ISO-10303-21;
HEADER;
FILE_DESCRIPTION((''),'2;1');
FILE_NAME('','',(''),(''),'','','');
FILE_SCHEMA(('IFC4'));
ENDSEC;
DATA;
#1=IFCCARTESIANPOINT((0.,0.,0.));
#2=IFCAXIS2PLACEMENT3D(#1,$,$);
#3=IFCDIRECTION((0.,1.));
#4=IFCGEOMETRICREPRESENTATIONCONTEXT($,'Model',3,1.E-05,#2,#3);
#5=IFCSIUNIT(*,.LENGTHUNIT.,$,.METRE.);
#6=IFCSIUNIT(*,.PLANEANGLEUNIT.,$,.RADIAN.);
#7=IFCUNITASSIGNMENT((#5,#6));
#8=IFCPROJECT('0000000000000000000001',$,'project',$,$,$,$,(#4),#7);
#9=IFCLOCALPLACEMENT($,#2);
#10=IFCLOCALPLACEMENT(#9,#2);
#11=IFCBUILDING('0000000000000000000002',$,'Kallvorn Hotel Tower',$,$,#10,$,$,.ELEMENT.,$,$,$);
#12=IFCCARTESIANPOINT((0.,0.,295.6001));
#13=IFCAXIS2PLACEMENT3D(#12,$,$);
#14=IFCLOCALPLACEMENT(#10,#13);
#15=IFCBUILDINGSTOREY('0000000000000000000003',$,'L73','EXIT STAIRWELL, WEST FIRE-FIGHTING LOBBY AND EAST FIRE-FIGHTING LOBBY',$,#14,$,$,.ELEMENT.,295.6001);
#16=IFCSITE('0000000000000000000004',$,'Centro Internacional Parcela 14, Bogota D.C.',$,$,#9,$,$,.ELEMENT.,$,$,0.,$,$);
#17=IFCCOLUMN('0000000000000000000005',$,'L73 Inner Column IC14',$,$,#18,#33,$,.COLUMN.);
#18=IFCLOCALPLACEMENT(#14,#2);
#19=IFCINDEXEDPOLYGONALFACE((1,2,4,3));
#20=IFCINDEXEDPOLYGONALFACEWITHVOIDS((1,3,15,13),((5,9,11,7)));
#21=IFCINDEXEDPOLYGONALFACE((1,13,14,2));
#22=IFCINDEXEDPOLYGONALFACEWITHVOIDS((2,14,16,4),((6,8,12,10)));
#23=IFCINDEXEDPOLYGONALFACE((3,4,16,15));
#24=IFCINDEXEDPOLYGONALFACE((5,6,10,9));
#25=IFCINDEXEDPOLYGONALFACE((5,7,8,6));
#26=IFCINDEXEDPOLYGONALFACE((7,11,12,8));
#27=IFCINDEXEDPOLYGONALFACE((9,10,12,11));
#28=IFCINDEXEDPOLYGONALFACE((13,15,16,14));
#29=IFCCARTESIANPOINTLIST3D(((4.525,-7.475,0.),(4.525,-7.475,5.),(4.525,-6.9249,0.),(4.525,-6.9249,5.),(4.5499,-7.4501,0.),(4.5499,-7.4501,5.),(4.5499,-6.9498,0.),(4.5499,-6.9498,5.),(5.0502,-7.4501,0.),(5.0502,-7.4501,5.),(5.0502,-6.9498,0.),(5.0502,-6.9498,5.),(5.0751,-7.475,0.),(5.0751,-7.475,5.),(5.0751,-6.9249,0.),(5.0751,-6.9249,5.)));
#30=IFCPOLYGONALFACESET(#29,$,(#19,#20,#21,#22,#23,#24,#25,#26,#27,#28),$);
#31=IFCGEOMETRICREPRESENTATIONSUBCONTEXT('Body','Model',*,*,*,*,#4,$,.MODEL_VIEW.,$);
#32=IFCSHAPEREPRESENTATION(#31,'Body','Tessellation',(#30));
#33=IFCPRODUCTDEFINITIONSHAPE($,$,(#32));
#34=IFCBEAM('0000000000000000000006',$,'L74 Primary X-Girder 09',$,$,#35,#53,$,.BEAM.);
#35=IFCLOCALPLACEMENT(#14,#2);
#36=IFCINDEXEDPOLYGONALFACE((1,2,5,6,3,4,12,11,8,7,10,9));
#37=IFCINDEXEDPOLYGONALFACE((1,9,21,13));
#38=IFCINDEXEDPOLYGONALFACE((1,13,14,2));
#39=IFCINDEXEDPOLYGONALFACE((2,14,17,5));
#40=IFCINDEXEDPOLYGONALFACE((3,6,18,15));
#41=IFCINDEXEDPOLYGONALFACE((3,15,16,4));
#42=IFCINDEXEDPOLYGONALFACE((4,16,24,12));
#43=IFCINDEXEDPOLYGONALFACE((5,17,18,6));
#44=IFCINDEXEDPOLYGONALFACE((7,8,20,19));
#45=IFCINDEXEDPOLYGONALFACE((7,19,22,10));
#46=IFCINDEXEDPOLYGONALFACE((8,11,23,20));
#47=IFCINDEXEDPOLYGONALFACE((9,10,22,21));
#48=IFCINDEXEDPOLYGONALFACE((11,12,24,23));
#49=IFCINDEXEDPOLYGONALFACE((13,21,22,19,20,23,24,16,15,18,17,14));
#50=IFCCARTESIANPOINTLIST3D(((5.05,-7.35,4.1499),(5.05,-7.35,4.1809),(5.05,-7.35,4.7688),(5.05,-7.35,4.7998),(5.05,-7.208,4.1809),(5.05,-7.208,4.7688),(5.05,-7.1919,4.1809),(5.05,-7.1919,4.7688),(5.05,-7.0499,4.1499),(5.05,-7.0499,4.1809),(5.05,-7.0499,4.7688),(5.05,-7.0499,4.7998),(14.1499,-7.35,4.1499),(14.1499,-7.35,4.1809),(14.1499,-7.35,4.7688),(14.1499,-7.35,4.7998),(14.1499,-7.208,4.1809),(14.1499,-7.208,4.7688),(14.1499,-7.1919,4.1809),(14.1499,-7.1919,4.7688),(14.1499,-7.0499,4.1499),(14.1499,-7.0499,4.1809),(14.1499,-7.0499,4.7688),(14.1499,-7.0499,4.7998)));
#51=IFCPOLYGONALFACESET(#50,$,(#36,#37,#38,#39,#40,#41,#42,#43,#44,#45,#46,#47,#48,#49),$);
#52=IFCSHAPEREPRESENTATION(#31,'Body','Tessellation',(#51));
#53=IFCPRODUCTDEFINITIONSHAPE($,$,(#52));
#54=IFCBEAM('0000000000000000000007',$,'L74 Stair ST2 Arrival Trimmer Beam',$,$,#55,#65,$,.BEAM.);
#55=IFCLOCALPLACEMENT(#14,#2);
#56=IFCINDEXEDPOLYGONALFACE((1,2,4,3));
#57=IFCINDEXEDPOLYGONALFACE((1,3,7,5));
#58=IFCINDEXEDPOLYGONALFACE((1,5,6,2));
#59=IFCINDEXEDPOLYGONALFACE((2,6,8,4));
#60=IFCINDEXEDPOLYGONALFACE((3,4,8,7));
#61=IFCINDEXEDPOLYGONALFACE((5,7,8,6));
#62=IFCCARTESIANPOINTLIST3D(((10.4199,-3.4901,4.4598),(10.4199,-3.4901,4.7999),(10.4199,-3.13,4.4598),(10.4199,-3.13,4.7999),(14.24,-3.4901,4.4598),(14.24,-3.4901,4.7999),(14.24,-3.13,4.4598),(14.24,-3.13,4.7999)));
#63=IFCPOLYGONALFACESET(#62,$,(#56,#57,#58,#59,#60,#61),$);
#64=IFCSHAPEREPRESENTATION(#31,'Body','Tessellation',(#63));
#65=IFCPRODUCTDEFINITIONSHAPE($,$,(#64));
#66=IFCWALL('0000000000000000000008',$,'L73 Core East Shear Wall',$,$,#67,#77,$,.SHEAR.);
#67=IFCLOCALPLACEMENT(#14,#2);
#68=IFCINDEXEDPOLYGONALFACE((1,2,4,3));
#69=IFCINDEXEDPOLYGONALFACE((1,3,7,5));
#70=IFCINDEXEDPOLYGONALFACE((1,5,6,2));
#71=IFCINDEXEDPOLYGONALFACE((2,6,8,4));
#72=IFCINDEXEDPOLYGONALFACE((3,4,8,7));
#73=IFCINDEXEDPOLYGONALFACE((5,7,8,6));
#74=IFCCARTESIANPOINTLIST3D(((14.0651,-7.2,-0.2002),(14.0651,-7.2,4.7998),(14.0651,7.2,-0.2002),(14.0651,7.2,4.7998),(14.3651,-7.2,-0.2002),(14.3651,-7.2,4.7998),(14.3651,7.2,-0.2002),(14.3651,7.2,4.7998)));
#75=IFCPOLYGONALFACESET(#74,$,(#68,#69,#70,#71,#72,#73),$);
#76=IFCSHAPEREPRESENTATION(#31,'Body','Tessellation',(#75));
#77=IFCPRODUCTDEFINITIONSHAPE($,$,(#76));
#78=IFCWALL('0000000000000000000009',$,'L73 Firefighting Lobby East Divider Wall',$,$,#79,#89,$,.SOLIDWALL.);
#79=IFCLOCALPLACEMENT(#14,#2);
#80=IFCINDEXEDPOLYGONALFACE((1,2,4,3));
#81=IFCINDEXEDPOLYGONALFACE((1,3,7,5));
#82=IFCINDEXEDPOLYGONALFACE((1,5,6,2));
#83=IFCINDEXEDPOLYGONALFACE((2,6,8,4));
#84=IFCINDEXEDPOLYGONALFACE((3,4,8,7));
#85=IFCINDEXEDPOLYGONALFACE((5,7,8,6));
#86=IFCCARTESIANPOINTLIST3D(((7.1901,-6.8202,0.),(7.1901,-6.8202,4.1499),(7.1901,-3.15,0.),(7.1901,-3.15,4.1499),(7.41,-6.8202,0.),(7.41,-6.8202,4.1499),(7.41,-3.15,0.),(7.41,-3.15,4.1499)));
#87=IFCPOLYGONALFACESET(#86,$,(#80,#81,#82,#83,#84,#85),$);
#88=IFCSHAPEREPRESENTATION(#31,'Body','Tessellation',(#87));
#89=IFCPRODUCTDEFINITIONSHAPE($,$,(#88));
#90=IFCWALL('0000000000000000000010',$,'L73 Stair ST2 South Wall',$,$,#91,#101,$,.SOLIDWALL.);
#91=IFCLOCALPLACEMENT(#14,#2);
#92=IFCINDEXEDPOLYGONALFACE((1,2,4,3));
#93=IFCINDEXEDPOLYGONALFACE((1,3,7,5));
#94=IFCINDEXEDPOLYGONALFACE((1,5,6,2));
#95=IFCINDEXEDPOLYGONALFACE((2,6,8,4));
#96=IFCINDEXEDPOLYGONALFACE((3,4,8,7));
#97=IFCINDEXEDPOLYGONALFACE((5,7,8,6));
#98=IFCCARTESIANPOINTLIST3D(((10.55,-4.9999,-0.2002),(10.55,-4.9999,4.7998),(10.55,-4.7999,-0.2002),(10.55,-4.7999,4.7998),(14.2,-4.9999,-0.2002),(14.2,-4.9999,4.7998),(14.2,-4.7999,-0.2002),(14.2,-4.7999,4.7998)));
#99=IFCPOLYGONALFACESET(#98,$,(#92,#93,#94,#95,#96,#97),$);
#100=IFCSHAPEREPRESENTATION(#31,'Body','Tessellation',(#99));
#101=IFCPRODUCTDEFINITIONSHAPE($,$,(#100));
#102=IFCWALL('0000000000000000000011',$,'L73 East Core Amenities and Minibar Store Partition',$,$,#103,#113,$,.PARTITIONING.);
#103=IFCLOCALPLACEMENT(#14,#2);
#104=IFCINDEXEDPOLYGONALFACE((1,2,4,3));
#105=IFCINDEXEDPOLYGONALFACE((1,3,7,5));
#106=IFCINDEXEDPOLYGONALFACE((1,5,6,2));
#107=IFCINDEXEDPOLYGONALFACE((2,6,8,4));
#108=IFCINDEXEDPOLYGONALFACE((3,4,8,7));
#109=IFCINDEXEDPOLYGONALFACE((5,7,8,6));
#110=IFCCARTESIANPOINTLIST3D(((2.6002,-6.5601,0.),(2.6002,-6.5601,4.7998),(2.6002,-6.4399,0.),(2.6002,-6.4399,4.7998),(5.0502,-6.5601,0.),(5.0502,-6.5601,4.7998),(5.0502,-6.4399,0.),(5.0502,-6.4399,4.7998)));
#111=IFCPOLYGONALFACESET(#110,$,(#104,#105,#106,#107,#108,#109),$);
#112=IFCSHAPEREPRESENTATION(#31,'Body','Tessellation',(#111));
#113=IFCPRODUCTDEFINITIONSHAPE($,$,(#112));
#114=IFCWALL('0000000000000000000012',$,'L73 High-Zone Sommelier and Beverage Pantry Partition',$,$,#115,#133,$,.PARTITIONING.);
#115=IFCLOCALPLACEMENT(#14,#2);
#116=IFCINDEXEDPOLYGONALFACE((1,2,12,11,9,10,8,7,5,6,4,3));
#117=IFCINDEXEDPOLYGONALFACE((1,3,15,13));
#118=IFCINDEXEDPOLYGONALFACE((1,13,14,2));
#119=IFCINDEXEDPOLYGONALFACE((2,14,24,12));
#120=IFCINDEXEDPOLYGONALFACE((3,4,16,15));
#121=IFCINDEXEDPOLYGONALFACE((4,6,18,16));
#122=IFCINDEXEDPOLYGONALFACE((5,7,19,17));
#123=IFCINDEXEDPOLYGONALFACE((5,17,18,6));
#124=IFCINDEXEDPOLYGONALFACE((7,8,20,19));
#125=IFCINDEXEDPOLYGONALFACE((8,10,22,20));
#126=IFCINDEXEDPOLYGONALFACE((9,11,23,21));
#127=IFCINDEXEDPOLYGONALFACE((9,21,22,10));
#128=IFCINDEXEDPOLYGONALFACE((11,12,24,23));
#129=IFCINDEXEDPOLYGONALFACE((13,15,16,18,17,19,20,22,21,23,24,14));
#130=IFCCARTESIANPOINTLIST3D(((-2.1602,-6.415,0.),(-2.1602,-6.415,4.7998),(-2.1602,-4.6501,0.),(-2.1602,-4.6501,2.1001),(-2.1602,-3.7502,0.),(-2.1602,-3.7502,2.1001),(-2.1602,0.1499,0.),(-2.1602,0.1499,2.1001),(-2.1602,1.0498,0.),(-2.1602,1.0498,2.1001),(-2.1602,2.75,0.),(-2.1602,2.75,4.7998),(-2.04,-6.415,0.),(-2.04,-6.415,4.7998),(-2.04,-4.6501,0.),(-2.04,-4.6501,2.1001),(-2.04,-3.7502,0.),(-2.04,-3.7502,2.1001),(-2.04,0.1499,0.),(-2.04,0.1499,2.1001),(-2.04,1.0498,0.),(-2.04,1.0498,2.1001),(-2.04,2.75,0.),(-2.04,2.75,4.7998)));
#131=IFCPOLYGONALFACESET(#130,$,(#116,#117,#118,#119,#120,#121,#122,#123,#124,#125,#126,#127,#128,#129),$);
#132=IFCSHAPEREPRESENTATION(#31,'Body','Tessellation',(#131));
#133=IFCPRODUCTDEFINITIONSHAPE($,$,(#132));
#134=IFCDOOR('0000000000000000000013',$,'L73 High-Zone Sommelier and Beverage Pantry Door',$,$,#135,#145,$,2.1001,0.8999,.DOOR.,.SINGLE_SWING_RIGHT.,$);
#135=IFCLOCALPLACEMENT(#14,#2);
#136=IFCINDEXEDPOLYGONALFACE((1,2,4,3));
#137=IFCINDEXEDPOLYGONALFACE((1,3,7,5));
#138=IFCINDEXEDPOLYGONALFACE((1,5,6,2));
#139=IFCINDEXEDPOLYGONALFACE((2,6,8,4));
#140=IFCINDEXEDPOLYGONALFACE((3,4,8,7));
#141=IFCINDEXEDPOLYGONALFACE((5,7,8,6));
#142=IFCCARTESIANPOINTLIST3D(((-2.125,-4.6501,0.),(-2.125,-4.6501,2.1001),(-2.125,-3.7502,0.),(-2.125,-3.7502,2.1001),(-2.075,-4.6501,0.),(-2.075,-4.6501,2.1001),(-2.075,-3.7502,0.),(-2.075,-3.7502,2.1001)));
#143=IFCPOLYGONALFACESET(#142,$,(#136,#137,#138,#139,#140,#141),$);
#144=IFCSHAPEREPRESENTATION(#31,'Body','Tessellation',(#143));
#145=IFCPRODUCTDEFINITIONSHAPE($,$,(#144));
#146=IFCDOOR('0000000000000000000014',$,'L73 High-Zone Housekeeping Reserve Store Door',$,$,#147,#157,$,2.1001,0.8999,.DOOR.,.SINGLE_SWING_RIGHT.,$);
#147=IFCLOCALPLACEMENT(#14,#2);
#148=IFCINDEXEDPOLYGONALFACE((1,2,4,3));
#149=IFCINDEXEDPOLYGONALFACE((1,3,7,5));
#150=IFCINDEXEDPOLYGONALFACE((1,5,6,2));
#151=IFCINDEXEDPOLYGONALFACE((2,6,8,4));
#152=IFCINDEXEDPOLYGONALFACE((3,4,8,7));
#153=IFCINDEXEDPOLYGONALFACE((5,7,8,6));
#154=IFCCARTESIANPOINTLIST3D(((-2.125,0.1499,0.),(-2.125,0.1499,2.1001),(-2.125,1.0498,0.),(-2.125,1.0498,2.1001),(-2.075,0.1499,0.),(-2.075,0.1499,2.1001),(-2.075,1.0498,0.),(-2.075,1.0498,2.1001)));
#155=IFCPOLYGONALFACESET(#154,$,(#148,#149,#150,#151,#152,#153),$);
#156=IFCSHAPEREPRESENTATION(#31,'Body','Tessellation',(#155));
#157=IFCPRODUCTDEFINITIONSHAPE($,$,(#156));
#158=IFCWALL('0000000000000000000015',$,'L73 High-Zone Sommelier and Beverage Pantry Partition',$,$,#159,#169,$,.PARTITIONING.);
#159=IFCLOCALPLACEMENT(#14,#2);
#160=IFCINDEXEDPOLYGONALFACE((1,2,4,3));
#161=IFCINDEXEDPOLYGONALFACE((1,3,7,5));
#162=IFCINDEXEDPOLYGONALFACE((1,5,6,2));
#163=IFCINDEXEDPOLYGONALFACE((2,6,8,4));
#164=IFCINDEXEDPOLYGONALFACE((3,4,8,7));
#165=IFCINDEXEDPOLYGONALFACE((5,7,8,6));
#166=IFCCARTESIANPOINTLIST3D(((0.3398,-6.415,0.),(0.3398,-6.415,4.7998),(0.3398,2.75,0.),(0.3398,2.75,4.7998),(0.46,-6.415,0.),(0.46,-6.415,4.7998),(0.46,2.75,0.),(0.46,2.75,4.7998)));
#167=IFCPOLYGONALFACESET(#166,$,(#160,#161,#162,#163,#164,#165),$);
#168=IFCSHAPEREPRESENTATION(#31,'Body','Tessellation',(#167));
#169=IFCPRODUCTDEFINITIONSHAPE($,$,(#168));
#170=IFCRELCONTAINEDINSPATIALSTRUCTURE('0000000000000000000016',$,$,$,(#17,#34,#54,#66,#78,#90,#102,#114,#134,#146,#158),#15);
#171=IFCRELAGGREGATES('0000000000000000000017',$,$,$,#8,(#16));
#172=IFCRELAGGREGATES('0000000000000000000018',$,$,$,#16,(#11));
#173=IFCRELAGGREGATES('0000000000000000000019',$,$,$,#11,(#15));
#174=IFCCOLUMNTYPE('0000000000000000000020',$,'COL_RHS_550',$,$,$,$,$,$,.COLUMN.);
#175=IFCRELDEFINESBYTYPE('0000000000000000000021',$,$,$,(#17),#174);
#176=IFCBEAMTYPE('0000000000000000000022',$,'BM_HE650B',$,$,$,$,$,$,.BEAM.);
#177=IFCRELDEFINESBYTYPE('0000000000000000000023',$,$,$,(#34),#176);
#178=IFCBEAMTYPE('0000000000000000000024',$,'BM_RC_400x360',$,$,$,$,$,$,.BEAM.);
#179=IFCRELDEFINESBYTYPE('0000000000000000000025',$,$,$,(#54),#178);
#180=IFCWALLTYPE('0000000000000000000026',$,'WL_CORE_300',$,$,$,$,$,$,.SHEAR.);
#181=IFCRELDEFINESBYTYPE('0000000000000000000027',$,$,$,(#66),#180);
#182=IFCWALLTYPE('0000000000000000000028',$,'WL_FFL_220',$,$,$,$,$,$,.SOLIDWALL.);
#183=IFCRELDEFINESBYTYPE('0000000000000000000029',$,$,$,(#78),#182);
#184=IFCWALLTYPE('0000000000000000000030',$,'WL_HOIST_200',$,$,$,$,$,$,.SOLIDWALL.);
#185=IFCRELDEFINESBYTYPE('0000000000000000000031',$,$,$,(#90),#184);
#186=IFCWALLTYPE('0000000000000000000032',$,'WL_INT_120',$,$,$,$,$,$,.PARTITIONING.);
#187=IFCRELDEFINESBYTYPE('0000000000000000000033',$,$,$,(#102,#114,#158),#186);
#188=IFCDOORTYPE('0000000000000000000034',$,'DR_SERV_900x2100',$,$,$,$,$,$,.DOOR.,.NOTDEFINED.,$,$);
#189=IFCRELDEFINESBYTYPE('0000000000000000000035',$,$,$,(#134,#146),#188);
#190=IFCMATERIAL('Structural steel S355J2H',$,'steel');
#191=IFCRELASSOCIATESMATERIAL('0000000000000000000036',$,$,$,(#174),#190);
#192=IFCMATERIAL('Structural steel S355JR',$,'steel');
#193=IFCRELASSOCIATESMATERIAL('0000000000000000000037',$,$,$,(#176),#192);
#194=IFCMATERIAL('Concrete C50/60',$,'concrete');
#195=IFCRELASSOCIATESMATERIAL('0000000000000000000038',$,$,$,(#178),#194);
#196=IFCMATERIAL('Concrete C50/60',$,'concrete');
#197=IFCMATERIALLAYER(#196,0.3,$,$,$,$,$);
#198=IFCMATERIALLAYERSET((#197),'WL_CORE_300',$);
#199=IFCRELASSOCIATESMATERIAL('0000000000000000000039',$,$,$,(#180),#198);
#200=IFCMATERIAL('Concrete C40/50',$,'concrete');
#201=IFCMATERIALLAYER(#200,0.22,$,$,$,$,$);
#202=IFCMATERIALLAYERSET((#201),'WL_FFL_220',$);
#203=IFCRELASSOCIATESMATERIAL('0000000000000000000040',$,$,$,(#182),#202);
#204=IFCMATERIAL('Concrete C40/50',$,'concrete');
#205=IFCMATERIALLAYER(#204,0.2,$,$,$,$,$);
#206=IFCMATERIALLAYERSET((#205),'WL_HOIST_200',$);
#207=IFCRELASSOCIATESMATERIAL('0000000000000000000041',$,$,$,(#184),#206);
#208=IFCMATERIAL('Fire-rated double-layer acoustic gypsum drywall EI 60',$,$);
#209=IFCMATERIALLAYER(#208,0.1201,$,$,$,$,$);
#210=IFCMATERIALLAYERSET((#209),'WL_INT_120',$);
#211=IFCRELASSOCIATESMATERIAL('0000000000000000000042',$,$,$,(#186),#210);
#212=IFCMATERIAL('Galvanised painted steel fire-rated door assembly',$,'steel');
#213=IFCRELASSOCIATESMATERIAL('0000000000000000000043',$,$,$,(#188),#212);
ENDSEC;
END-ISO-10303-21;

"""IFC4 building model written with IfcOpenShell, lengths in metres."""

from ifc_helpers import new_model, si_unit, direction, frame, frame_2d, origin, origin_2d, place, context, subcontext, project, spatial, rectangle, hollow_rectangle, i_section, extrude, material, layer, layer_set, material_profile, profile_set, type_object, element, fill, save


model = new_model("IFC4")

# Units and contexts
model_context = context("Model", 3, precision=1e-05, world=origin(), true_north=direction((0.0, 1.0)))
body_context = subcontext(model_context, "Body", "Model", "MODEL_VIEW")
ifc_project = project(units=[si_unit("LENGTHUNIT", "METRE"), si_unit("PLANEANGLEUNIT", "RADIAN")], contexts=[model_context])

# Site, building, storey
site_placement = place(None, origin())
site = spatial("IfcSite", under=ifc_project, at=site_placement, Name="Centro Internacional Parcela 14, Bogota D.C.", CompositionType="ELEMENT", RefElevation=0.0)
building_placement = place(site_placement, origin())
building = spatial("IfcBuilding", under=site, at=building_placement, Name="Kallvorn Hotel Tower", CompositionType="ELEMENT")
storey_placement = place(building_placement, frame((0.0, 0.0, 295.6001)))
storey = spatial("IfcBuildingStorey", under=building, at=storey_placement, Name="L73", Description="EXIT STAIRWELL, WEST FIRE-FIGHTING LOBBY AND EAST FIRE-FIGHTING LOBBY", CompositionType="ELEMENT", Elevation=295.6001)

# Column
ifc_material_1 = material(Name="Structural steel S355J2H", Category="steel")
ifc_material_profile_1 = material_profile(ifc_material_1, hollow_rectangle(XDim=0.55, YDim=0.55, WallThickness=0.0249, at=origin_2d()), Name="RHS 550x550x25")
ifc_profile_set_1 = profile_set([ifc_material_profile_1], Name="Structural steel S355J2H")
column_type = type_object("IfcColumnType", Name="COL_RHS_550", PredefinedType="COLUMN", material=ifc_profile_set_1)
column_placement = place(storey_placement, frame((4.8, -7.2, 0.0), z_axis=(0.0, 0.0, 1.0), x_axis=(1.0, 0.0, 0.0)))
element("IfcColumn", 1, at=column_placement, inside=storey, type_object=column_type, Name="L73 Inner Column IC14", PredefinedType="COLUMN", context=body_context, shape_type="SweptSolid", body=[
    extrude(hollow_rectangle(XDim=0.55, YDim=0.55, WallThickness=0.0249, at=origin_2d()), origin(), (0.0, 0.0, 1.0), 5.0),
])

# Beams
ifc_material_2 = material(Name="Structural steel S355JR", Category="steel")
ifc_material_profile_2 = material_profile(ifc_material_2, i_section(OverallWidth=0.3, OverallDepth=0.6499, WebThickness=0.0161, FlangeThickness=0.031, at=origin_2d()), Name="HE 650 B")
ifc_profile_set_2 = profile_set([ifc_material_profile_2], Name="Structural steel S355JR")
beam_type_1 = type_object("IfcBeamType", Name="BM_HE650B", PredefinedType="BEAM", material=ifc_profile_set_2)
beam_1_placement = place(storey_placement, frame((5.05, -7.2, 4.4749), z_axis=(1.0, 0.0, 0.0), x_axis=(0.0, 1.0, 0.0)))
element("IfcBeam", 2, at=beam_1_placement, inside=storey, type_object=beam_type_1, Name="L74 Primary X-Girder 09", PredefinedType="BEAM", context=body_context, shape_type="SweptSolid", body=[
    extrude(i_section(OverallWidth=0.3, OverallDepth=0.6499, WebThickness=0.0161, FlangeThickness=0.031, at=origin_2d()), origin(), (0.0, 0.0, 1.0), 9.0999),
])
ifc_material_3 = material(Name="Concrete C50/60", Category="concrete")
ifc_material_profile_3 = material_profile(ifc_material_3, rectangle(XDim=0.3601, YDim=0.3401, at=origin_2d()), Name="RC 360x340")
ifc_profile_set_3 = profile_set([ifc_material_profile_3], Name="Concrete C50/60")
beam_type_2 = type_object("IfcBeamType", Name="BM_RC_400x360", PredefinedType="BEAM", material=ifc_profile_set_3)
beam_2_placement = place(storey_placement, frame((14.24, -3.3101, 4.6299), z_axis=(-1.0, 0.0, 0.0), x_axis=(0.0, -1.0, 0.0)))
element("IfcBeam", 3, at=beam_2_placement, inside=storey, type_object=beam_type_2, Name="L74 Stair ST2 Arrival Trimmer Beam", PredefinedType="BEAM", context=body_context, shape_type="SweptSolid", body=[
    extrude(rectangle(XDim=0.3601, YDim=0.3401, at=origin_2d()), origin(), (0.0, 0.0, 1.0), 3.8201),
])

# Walls
ifc_material_4 = material(Name="Concrete C50/60", Category="concrete")
ifc_layer_1 = layer(ifc_material_4, 0.3)
ifc_layer_set_1 = layer_set([ifc_layer_1], Name="WL_CORE_300")
wall_type_1 = type_object("IfcWallType", Name="WL_CORE_300", PredefinedType="SHEAR", material=ifc_layer_set_1)
wall_1_placement = place(storey_placement, frame((14.2151, -7.2, -0.2002), z_axis=(0.0, 0.0, 1.0), x_axis=(0.0, 1.0, 0.0)))
element("IfcWall", 4, at=wall_1_placement, inside=storey, type_object=wall_type_1, Name="L73 Core East Shear Wall", PredefinedType="SHEAR", context=body_context, shape_type="SweptSolid", body=[
    extrude(rectangle(XDim=14.3999, YDim=0.3, at=frame_2d((7.2, 0.0))), origin(), (0.0, 0.0, 1.0), 5.0),
])
ifc_material_5 = material(Name="Concrete C40/50", Category="concrete")
ifc_layer_2 = layer(ifc_material_5, 0.22)
ifc_layer_set_2 = layer_set([ifc_layer_2], Name="WL_FFL_220")
wall_type_2 = type_object("IfcWallType", Name="WL_FFL_220", PredefinedType="SOLIDWALL", material=ifc_layer_set_2)
wall_2_placement = place(storey_placement, frame((7.3, -6.8201, 0.0), z_axis=(0.0, 0.0, 1.0), x_axis=(0.0, 1.0, 0.0)))
element("IfcWall", 5, at=wall_2_placement, inside=storey, type_object=wall_type_2, Name="L73 Firefighting Lobby East Divider Wall", PredefinedType="SOLIDWALL", context=body_context, shape_type="SweptSolid", body=[
    extrude(rectangle(XDim=3.6702, YDim=0.22, at=frame_2d((1.835, 0.0))), origin(), (0.0, 0.0, 1.0), 4.1499),
])
ifc_material_6 = material(Name="Concrete C40/50", Category="concrete")
ifc_layer_3 = layer(ifc_material_6, 0.2)
ifc_layer_set_3 = layer_set([ifc_layer_3], Name="WL_HOIST_200")
wall_type_3 = type_object("IfcWallType", Name="WL_HOIST_200", PredefinedType="SOLIDWALL", material=ifc_layer_set_3)
wall_3_placement = place(storey_placement, frame((10.55, -4.8999, -0.2002), z_axis=(0.0, 0.0, 1.0), x_axis=(1.0, 0.0, 0.0)))
element("IfcWall", 6, at=wall_3_placement, inside=storey, type_object=wall_type_3, Name="L73 Stair ST2 South Wall", PredefinedType="SOLIDWALL", context=body_context, shape_type="SweptSolid", body=[
    extrude(rectangle(XDim=3.6499, YDim=0.2, at=frame_2d((1.825, 0.0))), origin(), (0.0, 0.0, 1.0), 5.0),
])
ifc_material_7 = material(Name="Fire-rated double-layer acoustic gypsum drywall EI 60")
ifc_layer_4 = layer(ifc_material_7, 0.1201)
ifc_layer_set_4 = layer_set([ifc_layer_4], Name="WL_INT_120")
wall_type_4 = type_object("IfcWallType", Name="WL_INT_120", PredefinedType="PARTITIONING", material=ifc_layer_set_4)
wall_4_placement = place(storey_placement, frame((2.6001, -6.5, 0.0), z_axis=(0.0, 0.0, 1.0), x_axis=(1.0, 0.0, 0.0)))
element("IfcWall", 7, at=wall_4_placement, inside=storey, type_object=wall_type_4, Name="L73 East Core Amenities and Minibar Store Partition", PredefinedType="PARTITIONING", context=body_context, shape_type="SweptSolid", body=[
    extrude(rectangle(XDim=2.45, YDim=0.1201, at=frame_2d((1.2251, 0.0))), origin(), (0.0, 0.0, 1.0), 4.7998),
])

# Wall, openings, doors
wall_5_placement = place(storey_placement, frame((-2.1001, -6.415, 0.0), z_axis=(0.0, 0.0, 1.0), x_axis=(0.0, 1.0, 0.0)))
wall_5 = element("IfcWall", 8, at=wall_5_placement, inside=storey, type_object=wall_type_4, Name="L73 High-Zone Sommelier and Beverage Pantry Partition", PredefinedType="PARTITIONING", context=body_context, shape_type="SweptSolid", body=[
    extrude(rectangle(XDim=9.165, YDim=0.1201, at=frame_2d((4.5825, 0.0))), origin(), (0.0, 0.0, 1.0), 4.7998),
])
opening_1_placement = place(wall_5_placement, frame((1.7649, 0.0, 0.0)))
opening_1 = element("IfcOpeningElement", 9, at=opening_1_placement, cuts=wall_5, PredefinedType="OPENING", context=body_context, shape_type="SweptSolid", body=[
    extrude(rectangle(XDim=0.8999, YDim=2.1001, at=frame_2d((0.45, 1.05))), frame((0.0, 0.075, 0.0), z_axis=(0.0, -1.0, 0.0), x_axis=(1.0, 0.0, 0.0)), (0.0, 0.0, 1.0), 0.1501),
])
opening_2_placement = place(wall_5_placement, frame((6.5649, 0.0, 0.0)))
opening_2 = element("IfcOpeningElement", 10, at=opening_2_placement, cuts=wall_5, PredefinedType="OPENING", context=body_context, shape_type="SweptSolid", body=[
    extrude(rectangle(XDim=0.8999, YDim=2.1001, at=frame_2d((0.45, 1.05))), frame((0.0, 0.075, 0.0), z_axis=(0.0, -1.0, 0.0), x_axis=(1.0, 0.0, 0.0)), (0.0, 0.0, 1.0), 0.1501),
])
ifc_material_8 = material(Name="Galvanised painted steel fire-rated door assembly", Category="steel")
door_type_1 = type_object("IfcDoorType", Name="DR_SERV_900x2100", OperationType="NOTDEFINED", PredefinedType="DOOR", material=ifc_material_8)
door_1_placement = place(opening_1_placement, origin())
door_1 = element("IfcDoor", 11, at=door_1_placement, inside=storey, type_object=door_type_1, Name="L73 High-Zone Sommelier and Beverage Pantry Door", OperationType="SINGLE_SWING_RIGHT", OverallHeight=2.1001, OverallWidth=0.8999, PredefinedType="DOOR", context=body_context, shape_type="SweptSolid", body=[
    extrude(rectangle(XDim=0.8999, YDim=2.1001, at=frame_2d((0.45, 1.05))), frame((0.0, 0.0249, 0.0), z_axis=(0.0, -1.0, 0.0), x_axis=(1.0, 0.0, 0.0)), (0.0, 0.0, 1.0), 0.05),
])
fill(opening_1, door_1)
door_2_placement = place(opening_2_placement, origin())
door_2 = element("IfcDoor", 12, at=door_2_placement, inside=storey, type_object=door_type_1, Name="L73 High-Zone Housekeeping Reserve Store Door", OperationType="SINGLE_SWING_RIGHT", OverallHeight=2.1001, OverallWidth=0.8999, PredefinedType="DOOR", context=body_context, shape_type="SweptSolid", body=[
    extrude(rectangle(XDim=0.8999, YDim=2.1001, at=frame_2d((0.45, 1.05))), frame((0.0, 0.0249, 0.0), z_axis=(0.0, -1.0, 0.0), x_axis=(1.0, 0.0, 0.0)), (0.0, 0.0, 1.0), 0.05),
])
fill(opening_2, door_2)

# Wall
wall_6_placement = place(storey_placement, frame((0.3999, -6.415, 0.0), z_axis=(0.0, 0.0, 1.0), x_axis=(0.0, 1.0, 0.0)))
element("IfcWall", 13, at=wall_6_placement, inside=storey, type_object=wall_type_4, Name="L73 High-Zone Sommelier and Beverage Pantry Partition", PredefinedType="PARTITIONING", context=body_context, shape_type="SweptSolid", body=[
    extrude(rectangle(XDim=9.165, YDim=0.1201, at=frame_2d((4.5825, 0.0))), origin(), (0.0, 0.0, 1.0), 4.7998),
])

save(model, "model.ifc")
